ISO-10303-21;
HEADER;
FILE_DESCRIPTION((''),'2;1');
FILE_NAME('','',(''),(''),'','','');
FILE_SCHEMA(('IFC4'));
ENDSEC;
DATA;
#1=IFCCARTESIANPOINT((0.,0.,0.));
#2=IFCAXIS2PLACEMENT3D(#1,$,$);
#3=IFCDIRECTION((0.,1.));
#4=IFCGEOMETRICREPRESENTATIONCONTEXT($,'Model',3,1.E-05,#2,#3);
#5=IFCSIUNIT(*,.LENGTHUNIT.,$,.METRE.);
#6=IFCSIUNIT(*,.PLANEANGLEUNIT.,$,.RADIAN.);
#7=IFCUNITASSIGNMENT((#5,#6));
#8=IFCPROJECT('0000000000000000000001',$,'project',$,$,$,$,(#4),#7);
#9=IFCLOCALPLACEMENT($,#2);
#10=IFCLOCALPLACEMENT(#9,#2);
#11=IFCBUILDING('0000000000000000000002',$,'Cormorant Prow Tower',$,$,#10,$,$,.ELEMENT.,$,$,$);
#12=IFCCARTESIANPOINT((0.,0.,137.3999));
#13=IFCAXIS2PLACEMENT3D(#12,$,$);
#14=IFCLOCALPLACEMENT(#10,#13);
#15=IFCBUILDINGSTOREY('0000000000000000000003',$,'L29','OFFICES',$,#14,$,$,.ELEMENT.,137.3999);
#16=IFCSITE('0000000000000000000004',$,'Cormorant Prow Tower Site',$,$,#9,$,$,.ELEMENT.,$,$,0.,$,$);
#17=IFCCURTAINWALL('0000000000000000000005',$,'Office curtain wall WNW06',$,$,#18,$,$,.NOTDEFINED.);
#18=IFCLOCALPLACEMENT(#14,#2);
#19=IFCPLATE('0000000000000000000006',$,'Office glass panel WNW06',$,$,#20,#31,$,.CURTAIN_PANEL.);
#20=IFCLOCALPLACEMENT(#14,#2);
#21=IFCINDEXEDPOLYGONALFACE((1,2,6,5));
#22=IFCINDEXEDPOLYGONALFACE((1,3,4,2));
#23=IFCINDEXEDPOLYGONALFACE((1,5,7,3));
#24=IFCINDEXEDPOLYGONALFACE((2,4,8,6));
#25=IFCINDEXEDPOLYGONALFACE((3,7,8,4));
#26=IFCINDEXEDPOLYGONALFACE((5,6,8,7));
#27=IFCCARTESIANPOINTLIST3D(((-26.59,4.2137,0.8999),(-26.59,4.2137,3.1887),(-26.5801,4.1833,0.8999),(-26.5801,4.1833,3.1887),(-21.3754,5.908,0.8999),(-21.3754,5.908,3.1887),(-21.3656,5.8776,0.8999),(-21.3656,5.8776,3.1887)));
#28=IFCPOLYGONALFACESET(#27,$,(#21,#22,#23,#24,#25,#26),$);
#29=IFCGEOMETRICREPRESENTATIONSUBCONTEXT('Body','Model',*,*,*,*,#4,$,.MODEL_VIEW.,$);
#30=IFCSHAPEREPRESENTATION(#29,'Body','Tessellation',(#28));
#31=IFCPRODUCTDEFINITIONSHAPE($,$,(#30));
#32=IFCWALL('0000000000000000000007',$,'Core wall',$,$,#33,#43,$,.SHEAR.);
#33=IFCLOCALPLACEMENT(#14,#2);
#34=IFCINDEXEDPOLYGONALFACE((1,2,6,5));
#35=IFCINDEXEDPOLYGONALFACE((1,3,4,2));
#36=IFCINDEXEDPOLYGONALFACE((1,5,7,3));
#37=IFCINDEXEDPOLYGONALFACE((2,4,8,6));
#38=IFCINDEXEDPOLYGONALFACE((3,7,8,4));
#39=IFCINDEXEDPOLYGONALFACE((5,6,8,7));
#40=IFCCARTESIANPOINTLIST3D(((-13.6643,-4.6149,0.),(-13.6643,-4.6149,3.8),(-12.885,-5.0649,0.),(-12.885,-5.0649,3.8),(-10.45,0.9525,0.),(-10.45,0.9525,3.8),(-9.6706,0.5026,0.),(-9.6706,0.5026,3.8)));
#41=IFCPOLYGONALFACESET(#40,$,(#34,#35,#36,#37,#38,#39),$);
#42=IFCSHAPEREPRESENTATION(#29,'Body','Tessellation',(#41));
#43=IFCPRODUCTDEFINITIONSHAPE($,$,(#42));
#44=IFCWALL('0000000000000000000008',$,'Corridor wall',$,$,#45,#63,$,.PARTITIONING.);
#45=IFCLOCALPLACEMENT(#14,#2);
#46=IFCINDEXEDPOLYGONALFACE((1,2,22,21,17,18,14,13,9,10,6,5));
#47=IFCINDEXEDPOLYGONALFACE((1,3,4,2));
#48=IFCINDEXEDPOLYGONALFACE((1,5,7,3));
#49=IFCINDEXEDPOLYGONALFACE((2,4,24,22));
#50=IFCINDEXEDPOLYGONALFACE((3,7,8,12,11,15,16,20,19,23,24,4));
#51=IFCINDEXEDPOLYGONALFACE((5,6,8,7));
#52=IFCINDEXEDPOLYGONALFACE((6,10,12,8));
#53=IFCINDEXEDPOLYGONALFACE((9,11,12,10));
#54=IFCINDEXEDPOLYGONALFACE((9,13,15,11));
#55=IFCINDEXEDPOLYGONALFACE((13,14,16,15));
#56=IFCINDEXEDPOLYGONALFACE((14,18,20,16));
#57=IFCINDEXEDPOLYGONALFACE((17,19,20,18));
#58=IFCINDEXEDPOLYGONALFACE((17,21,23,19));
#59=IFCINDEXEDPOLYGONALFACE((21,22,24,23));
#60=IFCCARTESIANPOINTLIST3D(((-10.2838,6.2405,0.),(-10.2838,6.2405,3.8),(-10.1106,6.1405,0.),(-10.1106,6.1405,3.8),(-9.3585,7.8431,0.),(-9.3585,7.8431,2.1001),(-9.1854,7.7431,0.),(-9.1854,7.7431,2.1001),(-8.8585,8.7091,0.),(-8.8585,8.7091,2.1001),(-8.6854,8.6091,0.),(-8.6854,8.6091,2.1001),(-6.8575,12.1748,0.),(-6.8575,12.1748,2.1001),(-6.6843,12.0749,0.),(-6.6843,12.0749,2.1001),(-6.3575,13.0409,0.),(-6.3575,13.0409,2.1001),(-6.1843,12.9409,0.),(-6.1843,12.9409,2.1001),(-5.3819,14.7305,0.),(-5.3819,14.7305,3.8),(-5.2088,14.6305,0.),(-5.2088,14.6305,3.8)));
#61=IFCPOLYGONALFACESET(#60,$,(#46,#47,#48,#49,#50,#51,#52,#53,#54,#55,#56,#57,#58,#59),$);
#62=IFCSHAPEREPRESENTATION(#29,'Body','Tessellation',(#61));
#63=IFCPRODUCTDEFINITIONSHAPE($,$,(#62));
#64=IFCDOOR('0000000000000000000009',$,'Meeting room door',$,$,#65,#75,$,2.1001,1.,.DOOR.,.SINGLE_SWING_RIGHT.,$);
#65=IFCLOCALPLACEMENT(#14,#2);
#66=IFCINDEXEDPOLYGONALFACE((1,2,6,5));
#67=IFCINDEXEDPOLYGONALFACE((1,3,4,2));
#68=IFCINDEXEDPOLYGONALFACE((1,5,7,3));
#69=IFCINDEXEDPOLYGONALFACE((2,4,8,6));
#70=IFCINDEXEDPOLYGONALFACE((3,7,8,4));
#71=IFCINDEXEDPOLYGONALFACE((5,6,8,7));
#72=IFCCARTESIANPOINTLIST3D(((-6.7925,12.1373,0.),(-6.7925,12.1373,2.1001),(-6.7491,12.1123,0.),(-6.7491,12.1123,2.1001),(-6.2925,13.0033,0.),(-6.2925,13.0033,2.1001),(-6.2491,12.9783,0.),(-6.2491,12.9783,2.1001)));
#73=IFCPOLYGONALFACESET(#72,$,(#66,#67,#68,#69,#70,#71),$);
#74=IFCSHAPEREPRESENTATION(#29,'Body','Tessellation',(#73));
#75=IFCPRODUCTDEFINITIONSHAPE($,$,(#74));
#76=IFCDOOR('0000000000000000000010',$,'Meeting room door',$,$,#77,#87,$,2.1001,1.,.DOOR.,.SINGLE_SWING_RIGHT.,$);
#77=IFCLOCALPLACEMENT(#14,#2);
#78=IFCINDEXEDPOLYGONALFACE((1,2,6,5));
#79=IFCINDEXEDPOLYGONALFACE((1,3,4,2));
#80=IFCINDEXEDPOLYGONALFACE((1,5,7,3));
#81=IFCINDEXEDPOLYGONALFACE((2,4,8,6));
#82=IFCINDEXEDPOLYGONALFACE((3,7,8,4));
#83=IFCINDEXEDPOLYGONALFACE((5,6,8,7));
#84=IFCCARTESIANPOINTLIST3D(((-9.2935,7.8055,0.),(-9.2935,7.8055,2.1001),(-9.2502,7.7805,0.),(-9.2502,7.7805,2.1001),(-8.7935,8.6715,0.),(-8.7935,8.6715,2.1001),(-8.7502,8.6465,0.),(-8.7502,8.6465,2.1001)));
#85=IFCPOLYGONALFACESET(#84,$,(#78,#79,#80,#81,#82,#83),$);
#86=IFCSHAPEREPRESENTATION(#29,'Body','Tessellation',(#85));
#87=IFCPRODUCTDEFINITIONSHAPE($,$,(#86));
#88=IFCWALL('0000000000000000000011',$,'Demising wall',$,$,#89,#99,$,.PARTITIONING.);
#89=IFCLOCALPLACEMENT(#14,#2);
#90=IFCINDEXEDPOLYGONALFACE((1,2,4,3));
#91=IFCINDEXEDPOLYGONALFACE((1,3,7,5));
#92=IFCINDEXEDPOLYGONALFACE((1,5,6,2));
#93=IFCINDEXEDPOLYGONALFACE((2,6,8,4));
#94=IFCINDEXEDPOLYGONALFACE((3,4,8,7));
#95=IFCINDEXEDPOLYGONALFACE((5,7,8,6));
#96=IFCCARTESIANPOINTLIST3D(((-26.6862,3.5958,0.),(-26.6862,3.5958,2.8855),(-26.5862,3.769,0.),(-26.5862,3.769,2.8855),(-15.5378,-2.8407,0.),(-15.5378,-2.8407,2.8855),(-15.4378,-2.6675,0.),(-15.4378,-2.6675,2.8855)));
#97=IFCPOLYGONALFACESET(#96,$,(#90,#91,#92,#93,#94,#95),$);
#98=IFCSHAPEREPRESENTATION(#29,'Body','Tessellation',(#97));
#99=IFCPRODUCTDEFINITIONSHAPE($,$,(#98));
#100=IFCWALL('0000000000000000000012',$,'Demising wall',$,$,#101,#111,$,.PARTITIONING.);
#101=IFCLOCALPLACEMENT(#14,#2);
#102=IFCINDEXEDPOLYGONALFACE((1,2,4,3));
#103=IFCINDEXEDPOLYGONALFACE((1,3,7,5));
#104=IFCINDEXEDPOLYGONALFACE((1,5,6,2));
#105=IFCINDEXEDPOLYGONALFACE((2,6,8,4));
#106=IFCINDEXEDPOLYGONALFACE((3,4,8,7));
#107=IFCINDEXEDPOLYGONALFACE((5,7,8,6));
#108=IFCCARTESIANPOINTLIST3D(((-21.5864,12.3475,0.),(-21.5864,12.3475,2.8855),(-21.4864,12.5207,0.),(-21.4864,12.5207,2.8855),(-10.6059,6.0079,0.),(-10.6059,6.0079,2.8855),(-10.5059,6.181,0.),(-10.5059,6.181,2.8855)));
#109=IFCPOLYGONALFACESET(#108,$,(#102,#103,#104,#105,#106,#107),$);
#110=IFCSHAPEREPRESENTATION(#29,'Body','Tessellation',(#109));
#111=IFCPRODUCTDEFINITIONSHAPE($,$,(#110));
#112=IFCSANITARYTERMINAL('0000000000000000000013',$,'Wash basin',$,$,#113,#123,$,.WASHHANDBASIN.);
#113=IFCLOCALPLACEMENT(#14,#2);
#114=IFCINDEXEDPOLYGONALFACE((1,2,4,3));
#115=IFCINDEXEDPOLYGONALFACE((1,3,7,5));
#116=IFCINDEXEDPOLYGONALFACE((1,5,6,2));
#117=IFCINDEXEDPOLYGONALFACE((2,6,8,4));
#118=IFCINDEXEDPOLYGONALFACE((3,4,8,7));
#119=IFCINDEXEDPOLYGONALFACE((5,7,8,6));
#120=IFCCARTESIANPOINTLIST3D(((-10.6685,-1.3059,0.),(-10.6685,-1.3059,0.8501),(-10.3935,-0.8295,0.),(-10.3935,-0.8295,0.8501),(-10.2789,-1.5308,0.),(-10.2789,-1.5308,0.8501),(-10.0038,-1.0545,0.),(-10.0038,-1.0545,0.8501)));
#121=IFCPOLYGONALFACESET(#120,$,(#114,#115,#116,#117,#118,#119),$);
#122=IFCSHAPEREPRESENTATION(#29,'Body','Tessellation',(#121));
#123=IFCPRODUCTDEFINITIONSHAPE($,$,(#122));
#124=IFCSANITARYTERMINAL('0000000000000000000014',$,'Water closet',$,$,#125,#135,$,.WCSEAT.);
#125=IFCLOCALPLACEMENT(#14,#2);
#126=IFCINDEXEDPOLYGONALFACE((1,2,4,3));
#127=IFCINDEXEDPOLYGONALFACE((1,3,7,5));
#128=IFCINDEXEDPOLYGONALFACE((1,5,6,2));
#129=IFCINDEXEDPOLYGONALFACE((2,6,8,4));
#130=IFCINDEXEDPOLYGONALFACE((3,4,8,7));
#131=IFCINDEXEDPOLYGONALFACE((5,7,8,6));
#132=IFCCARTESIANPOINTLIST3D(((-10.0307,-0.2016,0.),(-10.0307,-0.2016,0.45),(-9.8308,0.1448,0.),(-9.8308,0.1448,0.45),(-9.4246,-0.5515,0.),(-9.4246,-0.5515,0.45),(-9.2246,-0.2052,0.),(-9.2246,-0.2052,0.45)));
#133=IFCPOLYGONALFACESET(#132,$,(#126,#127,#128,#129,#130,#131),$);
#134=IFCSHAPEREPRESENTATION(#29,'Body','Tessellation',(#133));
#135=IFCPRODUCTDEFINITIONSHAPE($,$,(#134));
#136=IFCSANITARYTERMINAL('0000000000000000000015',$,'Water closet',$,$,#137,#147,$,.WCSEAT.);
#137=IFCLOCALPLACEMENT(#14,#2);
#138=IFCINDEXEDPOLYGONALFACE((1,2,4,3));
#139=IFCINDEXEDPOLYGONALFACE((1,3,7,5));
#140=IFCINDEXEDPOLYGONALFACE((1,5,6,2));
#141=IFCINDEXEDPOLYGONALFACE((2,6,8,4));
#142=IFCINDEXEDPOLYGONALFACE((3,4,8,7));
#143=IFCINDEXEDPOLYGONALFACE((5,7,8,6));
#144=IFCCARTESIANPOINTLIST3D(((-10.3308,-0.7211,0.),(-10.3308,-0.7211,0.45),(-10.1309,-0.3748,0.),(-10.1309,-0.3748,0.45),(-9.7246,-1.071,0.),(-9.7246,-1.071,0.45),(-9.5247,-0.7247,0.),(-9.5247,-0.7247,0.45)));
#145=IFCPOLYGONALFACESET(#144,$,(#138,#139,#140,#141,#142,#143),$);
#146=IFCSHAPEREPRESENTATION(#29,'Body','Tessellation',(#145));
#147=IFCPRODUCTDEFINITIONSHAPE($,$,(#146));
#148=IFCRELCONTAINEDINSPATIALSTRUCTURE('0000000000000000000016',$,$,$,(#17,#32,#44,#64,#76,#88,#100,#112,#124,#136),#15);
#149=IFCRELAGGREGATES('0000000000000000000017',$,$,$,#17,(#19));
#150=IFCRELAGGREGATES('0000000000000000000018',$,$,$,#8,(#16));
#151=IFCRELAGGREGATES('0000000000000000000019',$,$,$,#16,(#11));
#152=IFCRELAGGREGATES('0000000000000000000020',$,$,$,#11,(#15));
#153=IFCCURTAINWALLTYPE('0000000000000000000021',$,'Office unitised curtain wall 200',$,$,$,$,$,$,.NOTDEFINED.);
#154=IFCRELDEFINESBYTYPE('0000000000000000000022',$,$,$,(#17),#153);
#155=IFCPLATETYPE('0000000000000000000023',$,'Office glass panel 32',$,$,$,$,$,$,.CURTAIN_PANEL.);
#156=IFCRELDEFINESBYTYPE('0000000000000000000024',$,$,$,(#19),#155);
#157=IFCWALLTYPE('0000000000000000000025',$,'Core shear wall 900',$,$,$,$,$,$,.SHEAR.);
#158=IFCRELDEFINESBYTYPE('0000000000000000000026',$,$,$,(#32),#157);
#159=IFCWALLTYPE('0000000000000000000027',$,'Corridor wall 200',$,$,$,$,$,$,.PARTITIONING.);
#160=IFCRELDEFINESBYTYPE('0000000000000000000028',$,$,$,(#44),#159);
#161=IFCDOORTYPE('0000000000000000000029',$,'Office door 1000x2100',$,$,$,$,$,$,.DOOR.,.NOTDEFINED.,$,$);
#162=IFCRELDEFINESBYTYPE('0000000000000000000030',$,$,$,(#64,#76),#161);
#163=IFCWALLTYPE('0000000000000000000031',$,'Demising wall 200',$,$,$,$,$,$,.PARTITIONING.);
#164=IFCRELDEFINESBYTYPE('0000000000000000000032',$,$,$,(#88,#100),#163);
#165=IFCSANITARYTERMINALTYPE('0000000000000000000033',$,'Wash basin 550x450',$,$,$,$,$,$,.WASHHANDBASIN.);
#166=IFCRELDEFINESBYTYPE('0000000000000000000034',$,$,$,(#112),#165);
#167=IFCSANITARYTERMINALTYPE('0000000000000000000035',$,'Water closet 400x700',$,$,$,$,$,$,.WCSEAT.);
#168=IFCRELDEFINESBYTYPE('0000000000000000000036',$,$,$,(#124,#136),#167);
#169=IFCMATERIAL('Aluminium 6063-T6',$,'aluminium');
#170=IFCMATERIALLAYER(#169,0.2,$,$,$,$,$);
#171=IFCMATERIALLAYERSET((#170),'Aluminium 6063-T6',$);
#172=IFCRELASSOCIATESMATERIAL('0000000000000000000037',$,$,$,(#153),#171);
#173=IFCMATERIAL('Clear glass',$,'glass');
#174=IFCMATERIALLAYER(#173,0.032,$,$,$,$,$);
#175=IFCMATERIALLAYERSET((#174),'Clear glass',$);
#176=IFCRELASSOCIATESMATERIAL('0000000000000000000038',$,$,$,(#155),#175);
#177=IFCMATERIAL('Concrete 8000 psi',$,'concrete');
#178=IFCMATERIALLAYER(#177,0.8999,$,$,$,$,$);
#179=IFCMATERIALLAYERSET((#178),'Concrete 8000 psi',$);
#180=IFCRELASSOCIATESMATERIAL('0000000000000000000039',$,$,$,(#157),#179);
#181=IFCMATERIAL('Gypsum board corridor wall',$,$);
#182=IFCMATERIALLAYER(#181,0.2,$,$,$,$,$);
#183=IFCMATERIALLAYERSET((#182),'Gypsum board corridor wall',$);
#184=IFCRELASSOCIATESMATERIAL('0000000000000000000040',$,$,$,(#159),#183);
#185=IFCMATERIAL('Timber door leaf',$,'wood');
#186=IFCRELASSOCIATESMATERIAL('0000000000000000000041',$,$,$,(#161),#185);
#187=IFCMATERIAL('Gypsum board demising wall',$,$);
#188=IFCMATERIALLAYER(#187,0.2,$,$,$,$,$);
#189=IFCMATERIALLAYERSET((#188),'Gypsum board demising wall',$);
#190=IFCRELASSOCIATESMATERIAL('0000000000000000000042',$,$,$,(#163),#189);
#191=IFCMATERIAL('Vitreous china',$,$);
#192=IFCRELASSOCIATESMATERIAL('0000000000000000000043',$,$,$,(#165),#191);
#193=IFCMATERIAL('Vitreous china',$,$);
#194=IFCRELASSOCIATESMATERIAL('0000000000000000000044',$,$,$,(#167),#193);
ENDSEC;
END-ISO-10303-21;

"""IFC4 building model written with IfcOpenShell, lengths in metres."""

from ifc_helpers import new_model, si_unit, direction, frame, frame_2d, origin, origin_2d, place, context, subcontext, project, spatial, rectangle, extrude, material, layer, layer_set, type_object, element, fill, aggregate, save


model = new_model("IFC4")

# Units and contexts
model_context = context("Model", 3, precision=1e-05, world=origin(), true_north=direction((0.0, 1.0)))
body_context = subcontext(model_context, "Body", "Model", "MODEL_VIEW")
ifc_project = project(units=[si_unit("LENGTHUNIT", "METRE"), si_unit("PLANEANGLEUNIT", "RADIAN")], contexts=[model_context])

# Site, building, storey
site_placement = place(None, origin())
site = spatial("IfcSite", under=ifc_project, at=site_placement, Name="Cormorant Prow Tower Site", CompositionType="ELEMENT", RefElevation=0.0)
building_placement = place(site_placement, origin())
building = spatial("IfcBuilding", under=site, at=building_placement, Name="Cormorant Prow Tower", CompositionType="ELEMENT")
storey_placement = place(building_placement, frame((0.0, 0.0, 137.3999)))
storey = spatial("IfcBuildingStorey", under=building, at=storey_placement, Name="L29", Description="OFFICES", CompositionType="ELEMENT", Elevation=137.3999)

# Curtain wall
ifc_material_1 = material(Name="Aluminium 6063-T6", Category="aluminium")
ifc_layer_1 = layer(ifc_material_1, 0.2)
ifc_layer_set_1 = layer_set([ifc_layer_1], Name="Aluminium 6063-T6")
curtain_wall_type = type_object("IfcCurtainWallType", Name="Office unitised curtain wall 200", PredefinedType="NOTDEFINED", material=ifc_layer_set_1)
curtain_wall_placement = place(storey_placement, origin())
curtain_wall = element("IfcCurtainWall", 1, at=curtain_wall_placement, inside=storey, type_object=curtain_wall_type, Name="Office curtain wall WNW06", PredefinedType="NOTDEFINED")

# Plate
ifc_material_2 = material(Name="Clear glass", Category="glass")
ifc_layer_2 = layer(ifc_material_2, 0.032)
ifc_layer_set_2 = layer_set([ifc_layer_2], Name="Clear glass")
plate_type = type_object("IfcPlateType", Name="Office glass panel 32", PredefinedType="CURTAIN_PANEL", material=ifc_layer_set_2)
plate_placement = place(storey_placement, frame((-23.9778, 5.0457, 0.8999), z_axis=(0.0, 0.0, 1.0), x_axis=(-0.951057, -0.309017, 0.0)))
plate = element("IfcPlate", 2, at=plate_placement, type_object=plate_type, Name="Office glass panel WNW06", PredefinedType="CURTAIN_PANEL", context=body_context, shape_type="SweptSolid", body=[
    extrude(rectangle(XDim=5.4829, YDim=0.032, at=origin_2d()), origin(), (0.0, 0.0, 1.0), 2.2888),
])
aggregate(curtain_wall, [plate])

# Wall
ifc_material_3 = material(Name="Concrete 8000 psi", Category="concrete")
ifc_layer_3 = layer(ifc_material_3, 0.8999)
ifc_layer_set_3 = layer_set([ifc_layer_3], Name="Concrete 8000 psi")
wall_type_1 = type_object("IfcWallType", Name="Core shear wall 900", PredefinedType="SHEAR", material=ifc_layer_set_3)
wall_1_placement = place(storey_placement, frame((-10.0603, 0.7275, 0.0), z_axis=(0.0, 0.0, 1.0), x_axis=(-0.500003, -0.866024, 0.0)))
element("IfcWall", 3, at=wall_1_placement, inside=storey, type_object=wall_type_1, Name="Core wall", PredefinedType="SHEAR", context=body_context, shape_type="SweptSolid", body=[
    extrude(rectangle(XDim=6.4287, YDim=0.8999, at=frame_2d((3.2144, 0.0))), origin(), (0.0, 0.0, 1.0), 3.8),
])

# Wall, openings, doors
ifc_material_4 = material(Name="Gypsum board corridor wall")
ifc_layer_4 = layer(ifc_material_4, 0.2)
ifc_layer_set_4 = layer_set([ifc_layer_4], Name="Gypsum board corridor wall")
wall_type_2 = type_object("IfcWallType", Name="Corridor wall 200", PredefinedType="PARTITIONING", material=ifc_layer_set_4)
wall_2_placement = place(storey_placement, frame((-10.1973, 6.1904, 0.0), z_axis=(0.0, 0.0, 1.0), x_axis=(0.500012, 0.866018, 0.0)))
wall_2 = element("IfcWall", 4, at=wall_2_placement, inside=storey, type_object=wall_type_2, Name="Corridor wall", PredefinedType="PARTITIONING", context=body_context, shape_type="SweptSolid", body=[
    extrude(rectangle(XDim=9.8035, YDim=0.2, at=frame_2d((4.9019, 0.0))), origin(), (0.0, 0.0, 1.0), 3.8),
])
opening_1_placement = place(wall_2_placement, frame((6.8525, 0.0, 0.0)))
opening_1 = element("IfcOpeningElement", 5, at=opening_1_placement, cuts=wall_2, PredefinedType="OPENING", context=body_context, shape_type="SweptSolid", body=[
    extrude(rectangle(XDim=1.0, YDim=2.1001, at=frame_2d((0.5, 1.05))), frame((0.0, 0.1099, 0.0), z_axis=(0.0, -1.0, 0.0), x_axis=(1.0, 0.0, 0.0)), (0.0, 0.0, 1.0), 0.22),
])
opening_2_placement = place(wall_2_placement, frame((1.8506, 0.0, 0.0)))
opening_2 = element("IfcOpeningElement", 6, at=opening_2_placement, cuts=wall_2, PredefinedType="OPENING", context=body_context, shape_type="SweptSolid", body=[
    extrude(rectangle(XDim=1.0, YDim=2.1001, at=frame_2d((0.5, 1.05))), frame((0.0, 0.1099, 0.0), z_axis=(0.0, -1.0, 0.0), x_axis=(1.0, 0.0, 0.0)), (0.0, 0.0, 1.0), 0.22),
])
ifc_material_5 = material(Name="Timber door leaf", Category="wood")
door_type_1 = type_object("IfcDoorType", Name="Office door 1000x2100", OperationType="NOTDEFINED", PredefinedType="DOOR", material=ifc_material_5)
door_1_placement = place(opening_1_placement, origin())
door_1 = element("IfcDoor", 7, at=door_1_placement, inside=storey, type_object=door_type_1, Name="Meeting room door", OperationType="SINGLE_SWING_RIGHT", OverallHeight=2.1001, OverallWidth=1.0, PredefinedType="DOOR", context=body_context, shape_type="SweptSolid", body=[
    extrude(rectangle(XDim=1.0, YDim=2.1001, at=frame_2d((0.5, 1.05))), frame((0.0, 0.0249, 0.0), z_axis=(0.0, -1.0, 0.0), x_axis=(1.0, 0.0, 0.0)), (0.0, 0.0, 1.0), 0.05),
])
fill(opening_1, door_1)
door_2_placement = place(opening_2_placement, origin())
door_2 = element("IfcDoor", 8, at=door_2_placement, inside=storey, type_object=door_type_1, Name="Meeting room door", OperationType="SINGLE_SWING_RIGHT", OverallHeight=2.1001, OverallWidth=1.0, PredefinedType="DOOR", context=body_context, shape_type="SweptSolid", body=[
    extrude(rectangle(XDim=1.0, YDim=2.1001, at=frame_2d((0.5, 1.05))), frame((0.0, 0.0249, 0.0), z_axis=(0.0, -1.0, 0.0), x_axis=(1.0, 0.0, 0.0)), (0.0, 0.0, 1.0), 0.05),
])
fill(opening_2, door_2)

# Walls
ifc_material_6 = material(Name="Gypsum board demising wall")
ifc_layer_5 = layer(ifc_material_6, 0.2)
ifc_layer_set_5 = layer_set([ifc_layer_5], Name="Gypsum board demising wall")
wall_type_3 = type_object("IfcWallType", Name="Demising wall 200", PredefinedType="PARTITIONING", material=ifc_layer_set_5)
wall_3_placement = place(storey_placement, frame((-26.6362, 3.6824, 0.0), z_axis=(0.0, 0.0, 1.0), x_axis=(0.866026, -0.499998, 0.0)))
element("IfcWall", 9, at=wall_3_placement, inside=storey, type_object=wall_type_3, Name="Demising wall", PredefinedType="PARTITIONING", context=body_context, shape_type="SweptSolid", body=[
    extrude(rectangle(XDim=12.873, YDim=0.2, at=frame_2d((6.4365, 0.0))), origin(), (0.0, 0.0, 1.0), 2.8855),
])
wall_4_placement = place(storey_placement, frame((-21.5364, 12.4341, 0.0), z_axis=(0.0, 0.0, 1.0), x_axis=(0.866025, -0.500001, 0.0)))
element("IfcWall", 10, at=wall_4_placement, inside=storey, type_object=wall_type_3, Name="Demising wall", PredefinedType="PARTITIONING", context=body_context, shape_type="SweptSolid", body=[
    extrude(rectangle(XDim=12.6792, YDim=0.2, at=frame_2d((6.3396, 0.0))), origin(), (0.0, 0.0, 1.0), 2.8855),
])

# Sanitary terminals
ifc_material_7 = material(Name="Vitreous china")
sanitary_terminal_type_1 = type_object("IfcSanitaryTerminalType", Name="Wash basin 550x450", PredefinedType="WASHHANDBASIN", material=ifc_material_7)
sanitary_terminal_placement = place(storey_placement, frame((-10.3362, -1.1802, 0.0), z_axis=(0.0, 0.0, 1.0), x_axis=(-0.499985, -0.866034, 0.0)))
element("IfcSanitaryTerminal", 11, at=sanitary_terminal_placement, inside=storey, type_object=sanitary_terminal_type_1, Name="Wash basin", PredefinedType="WASHHANDBASIN", context=body_context, shape_type="SweptSolid", body=[
    extrude(rectangle(XDim=0.55, YDim=0.45, at=origin_2d()), origin(), (0.0, 0.0, 1.0), 0.8501),
])
ifc_material_8 = material(Name="Vitreous china")
sanitary_terminal_type_2 = type_object("IfcSanitaryTerminalType", Name="Water closet 400x700", PredefinedType="WCSEAT", material=ifc_material_8)
for number, where, z_axis, x_axis, name in (
    (12, (-9.6277, -0.2034, 0.0), (0.0, 0.0, 1.0), (-0.499985, -0.866034, 0.0), "Water closet"),
    (13, (-9.9277, -0.7229, 0.0), (0.0, 0.0, 1.0), (-0.499985, -0.866034, 0.0), "Water closet"),
):
    element("IfcSanitaryTerminal", number, at=place(storey_placement, frame(where, z_axis=z_axis, x_axis=x_axis)), inside=storey, type_object=sanitary_terminal_type_2, Name=name, PredefinedType="WCSEAT", context=body_context, shape_type="SweptSolid", body=[
        extrude(rectangle(XDim=0.3999, YDim=0.7, at=origin_2d()), origin(), (0.0, 0.0, 1.0), 0.45),
    ])

save(model, "model.ifc")
